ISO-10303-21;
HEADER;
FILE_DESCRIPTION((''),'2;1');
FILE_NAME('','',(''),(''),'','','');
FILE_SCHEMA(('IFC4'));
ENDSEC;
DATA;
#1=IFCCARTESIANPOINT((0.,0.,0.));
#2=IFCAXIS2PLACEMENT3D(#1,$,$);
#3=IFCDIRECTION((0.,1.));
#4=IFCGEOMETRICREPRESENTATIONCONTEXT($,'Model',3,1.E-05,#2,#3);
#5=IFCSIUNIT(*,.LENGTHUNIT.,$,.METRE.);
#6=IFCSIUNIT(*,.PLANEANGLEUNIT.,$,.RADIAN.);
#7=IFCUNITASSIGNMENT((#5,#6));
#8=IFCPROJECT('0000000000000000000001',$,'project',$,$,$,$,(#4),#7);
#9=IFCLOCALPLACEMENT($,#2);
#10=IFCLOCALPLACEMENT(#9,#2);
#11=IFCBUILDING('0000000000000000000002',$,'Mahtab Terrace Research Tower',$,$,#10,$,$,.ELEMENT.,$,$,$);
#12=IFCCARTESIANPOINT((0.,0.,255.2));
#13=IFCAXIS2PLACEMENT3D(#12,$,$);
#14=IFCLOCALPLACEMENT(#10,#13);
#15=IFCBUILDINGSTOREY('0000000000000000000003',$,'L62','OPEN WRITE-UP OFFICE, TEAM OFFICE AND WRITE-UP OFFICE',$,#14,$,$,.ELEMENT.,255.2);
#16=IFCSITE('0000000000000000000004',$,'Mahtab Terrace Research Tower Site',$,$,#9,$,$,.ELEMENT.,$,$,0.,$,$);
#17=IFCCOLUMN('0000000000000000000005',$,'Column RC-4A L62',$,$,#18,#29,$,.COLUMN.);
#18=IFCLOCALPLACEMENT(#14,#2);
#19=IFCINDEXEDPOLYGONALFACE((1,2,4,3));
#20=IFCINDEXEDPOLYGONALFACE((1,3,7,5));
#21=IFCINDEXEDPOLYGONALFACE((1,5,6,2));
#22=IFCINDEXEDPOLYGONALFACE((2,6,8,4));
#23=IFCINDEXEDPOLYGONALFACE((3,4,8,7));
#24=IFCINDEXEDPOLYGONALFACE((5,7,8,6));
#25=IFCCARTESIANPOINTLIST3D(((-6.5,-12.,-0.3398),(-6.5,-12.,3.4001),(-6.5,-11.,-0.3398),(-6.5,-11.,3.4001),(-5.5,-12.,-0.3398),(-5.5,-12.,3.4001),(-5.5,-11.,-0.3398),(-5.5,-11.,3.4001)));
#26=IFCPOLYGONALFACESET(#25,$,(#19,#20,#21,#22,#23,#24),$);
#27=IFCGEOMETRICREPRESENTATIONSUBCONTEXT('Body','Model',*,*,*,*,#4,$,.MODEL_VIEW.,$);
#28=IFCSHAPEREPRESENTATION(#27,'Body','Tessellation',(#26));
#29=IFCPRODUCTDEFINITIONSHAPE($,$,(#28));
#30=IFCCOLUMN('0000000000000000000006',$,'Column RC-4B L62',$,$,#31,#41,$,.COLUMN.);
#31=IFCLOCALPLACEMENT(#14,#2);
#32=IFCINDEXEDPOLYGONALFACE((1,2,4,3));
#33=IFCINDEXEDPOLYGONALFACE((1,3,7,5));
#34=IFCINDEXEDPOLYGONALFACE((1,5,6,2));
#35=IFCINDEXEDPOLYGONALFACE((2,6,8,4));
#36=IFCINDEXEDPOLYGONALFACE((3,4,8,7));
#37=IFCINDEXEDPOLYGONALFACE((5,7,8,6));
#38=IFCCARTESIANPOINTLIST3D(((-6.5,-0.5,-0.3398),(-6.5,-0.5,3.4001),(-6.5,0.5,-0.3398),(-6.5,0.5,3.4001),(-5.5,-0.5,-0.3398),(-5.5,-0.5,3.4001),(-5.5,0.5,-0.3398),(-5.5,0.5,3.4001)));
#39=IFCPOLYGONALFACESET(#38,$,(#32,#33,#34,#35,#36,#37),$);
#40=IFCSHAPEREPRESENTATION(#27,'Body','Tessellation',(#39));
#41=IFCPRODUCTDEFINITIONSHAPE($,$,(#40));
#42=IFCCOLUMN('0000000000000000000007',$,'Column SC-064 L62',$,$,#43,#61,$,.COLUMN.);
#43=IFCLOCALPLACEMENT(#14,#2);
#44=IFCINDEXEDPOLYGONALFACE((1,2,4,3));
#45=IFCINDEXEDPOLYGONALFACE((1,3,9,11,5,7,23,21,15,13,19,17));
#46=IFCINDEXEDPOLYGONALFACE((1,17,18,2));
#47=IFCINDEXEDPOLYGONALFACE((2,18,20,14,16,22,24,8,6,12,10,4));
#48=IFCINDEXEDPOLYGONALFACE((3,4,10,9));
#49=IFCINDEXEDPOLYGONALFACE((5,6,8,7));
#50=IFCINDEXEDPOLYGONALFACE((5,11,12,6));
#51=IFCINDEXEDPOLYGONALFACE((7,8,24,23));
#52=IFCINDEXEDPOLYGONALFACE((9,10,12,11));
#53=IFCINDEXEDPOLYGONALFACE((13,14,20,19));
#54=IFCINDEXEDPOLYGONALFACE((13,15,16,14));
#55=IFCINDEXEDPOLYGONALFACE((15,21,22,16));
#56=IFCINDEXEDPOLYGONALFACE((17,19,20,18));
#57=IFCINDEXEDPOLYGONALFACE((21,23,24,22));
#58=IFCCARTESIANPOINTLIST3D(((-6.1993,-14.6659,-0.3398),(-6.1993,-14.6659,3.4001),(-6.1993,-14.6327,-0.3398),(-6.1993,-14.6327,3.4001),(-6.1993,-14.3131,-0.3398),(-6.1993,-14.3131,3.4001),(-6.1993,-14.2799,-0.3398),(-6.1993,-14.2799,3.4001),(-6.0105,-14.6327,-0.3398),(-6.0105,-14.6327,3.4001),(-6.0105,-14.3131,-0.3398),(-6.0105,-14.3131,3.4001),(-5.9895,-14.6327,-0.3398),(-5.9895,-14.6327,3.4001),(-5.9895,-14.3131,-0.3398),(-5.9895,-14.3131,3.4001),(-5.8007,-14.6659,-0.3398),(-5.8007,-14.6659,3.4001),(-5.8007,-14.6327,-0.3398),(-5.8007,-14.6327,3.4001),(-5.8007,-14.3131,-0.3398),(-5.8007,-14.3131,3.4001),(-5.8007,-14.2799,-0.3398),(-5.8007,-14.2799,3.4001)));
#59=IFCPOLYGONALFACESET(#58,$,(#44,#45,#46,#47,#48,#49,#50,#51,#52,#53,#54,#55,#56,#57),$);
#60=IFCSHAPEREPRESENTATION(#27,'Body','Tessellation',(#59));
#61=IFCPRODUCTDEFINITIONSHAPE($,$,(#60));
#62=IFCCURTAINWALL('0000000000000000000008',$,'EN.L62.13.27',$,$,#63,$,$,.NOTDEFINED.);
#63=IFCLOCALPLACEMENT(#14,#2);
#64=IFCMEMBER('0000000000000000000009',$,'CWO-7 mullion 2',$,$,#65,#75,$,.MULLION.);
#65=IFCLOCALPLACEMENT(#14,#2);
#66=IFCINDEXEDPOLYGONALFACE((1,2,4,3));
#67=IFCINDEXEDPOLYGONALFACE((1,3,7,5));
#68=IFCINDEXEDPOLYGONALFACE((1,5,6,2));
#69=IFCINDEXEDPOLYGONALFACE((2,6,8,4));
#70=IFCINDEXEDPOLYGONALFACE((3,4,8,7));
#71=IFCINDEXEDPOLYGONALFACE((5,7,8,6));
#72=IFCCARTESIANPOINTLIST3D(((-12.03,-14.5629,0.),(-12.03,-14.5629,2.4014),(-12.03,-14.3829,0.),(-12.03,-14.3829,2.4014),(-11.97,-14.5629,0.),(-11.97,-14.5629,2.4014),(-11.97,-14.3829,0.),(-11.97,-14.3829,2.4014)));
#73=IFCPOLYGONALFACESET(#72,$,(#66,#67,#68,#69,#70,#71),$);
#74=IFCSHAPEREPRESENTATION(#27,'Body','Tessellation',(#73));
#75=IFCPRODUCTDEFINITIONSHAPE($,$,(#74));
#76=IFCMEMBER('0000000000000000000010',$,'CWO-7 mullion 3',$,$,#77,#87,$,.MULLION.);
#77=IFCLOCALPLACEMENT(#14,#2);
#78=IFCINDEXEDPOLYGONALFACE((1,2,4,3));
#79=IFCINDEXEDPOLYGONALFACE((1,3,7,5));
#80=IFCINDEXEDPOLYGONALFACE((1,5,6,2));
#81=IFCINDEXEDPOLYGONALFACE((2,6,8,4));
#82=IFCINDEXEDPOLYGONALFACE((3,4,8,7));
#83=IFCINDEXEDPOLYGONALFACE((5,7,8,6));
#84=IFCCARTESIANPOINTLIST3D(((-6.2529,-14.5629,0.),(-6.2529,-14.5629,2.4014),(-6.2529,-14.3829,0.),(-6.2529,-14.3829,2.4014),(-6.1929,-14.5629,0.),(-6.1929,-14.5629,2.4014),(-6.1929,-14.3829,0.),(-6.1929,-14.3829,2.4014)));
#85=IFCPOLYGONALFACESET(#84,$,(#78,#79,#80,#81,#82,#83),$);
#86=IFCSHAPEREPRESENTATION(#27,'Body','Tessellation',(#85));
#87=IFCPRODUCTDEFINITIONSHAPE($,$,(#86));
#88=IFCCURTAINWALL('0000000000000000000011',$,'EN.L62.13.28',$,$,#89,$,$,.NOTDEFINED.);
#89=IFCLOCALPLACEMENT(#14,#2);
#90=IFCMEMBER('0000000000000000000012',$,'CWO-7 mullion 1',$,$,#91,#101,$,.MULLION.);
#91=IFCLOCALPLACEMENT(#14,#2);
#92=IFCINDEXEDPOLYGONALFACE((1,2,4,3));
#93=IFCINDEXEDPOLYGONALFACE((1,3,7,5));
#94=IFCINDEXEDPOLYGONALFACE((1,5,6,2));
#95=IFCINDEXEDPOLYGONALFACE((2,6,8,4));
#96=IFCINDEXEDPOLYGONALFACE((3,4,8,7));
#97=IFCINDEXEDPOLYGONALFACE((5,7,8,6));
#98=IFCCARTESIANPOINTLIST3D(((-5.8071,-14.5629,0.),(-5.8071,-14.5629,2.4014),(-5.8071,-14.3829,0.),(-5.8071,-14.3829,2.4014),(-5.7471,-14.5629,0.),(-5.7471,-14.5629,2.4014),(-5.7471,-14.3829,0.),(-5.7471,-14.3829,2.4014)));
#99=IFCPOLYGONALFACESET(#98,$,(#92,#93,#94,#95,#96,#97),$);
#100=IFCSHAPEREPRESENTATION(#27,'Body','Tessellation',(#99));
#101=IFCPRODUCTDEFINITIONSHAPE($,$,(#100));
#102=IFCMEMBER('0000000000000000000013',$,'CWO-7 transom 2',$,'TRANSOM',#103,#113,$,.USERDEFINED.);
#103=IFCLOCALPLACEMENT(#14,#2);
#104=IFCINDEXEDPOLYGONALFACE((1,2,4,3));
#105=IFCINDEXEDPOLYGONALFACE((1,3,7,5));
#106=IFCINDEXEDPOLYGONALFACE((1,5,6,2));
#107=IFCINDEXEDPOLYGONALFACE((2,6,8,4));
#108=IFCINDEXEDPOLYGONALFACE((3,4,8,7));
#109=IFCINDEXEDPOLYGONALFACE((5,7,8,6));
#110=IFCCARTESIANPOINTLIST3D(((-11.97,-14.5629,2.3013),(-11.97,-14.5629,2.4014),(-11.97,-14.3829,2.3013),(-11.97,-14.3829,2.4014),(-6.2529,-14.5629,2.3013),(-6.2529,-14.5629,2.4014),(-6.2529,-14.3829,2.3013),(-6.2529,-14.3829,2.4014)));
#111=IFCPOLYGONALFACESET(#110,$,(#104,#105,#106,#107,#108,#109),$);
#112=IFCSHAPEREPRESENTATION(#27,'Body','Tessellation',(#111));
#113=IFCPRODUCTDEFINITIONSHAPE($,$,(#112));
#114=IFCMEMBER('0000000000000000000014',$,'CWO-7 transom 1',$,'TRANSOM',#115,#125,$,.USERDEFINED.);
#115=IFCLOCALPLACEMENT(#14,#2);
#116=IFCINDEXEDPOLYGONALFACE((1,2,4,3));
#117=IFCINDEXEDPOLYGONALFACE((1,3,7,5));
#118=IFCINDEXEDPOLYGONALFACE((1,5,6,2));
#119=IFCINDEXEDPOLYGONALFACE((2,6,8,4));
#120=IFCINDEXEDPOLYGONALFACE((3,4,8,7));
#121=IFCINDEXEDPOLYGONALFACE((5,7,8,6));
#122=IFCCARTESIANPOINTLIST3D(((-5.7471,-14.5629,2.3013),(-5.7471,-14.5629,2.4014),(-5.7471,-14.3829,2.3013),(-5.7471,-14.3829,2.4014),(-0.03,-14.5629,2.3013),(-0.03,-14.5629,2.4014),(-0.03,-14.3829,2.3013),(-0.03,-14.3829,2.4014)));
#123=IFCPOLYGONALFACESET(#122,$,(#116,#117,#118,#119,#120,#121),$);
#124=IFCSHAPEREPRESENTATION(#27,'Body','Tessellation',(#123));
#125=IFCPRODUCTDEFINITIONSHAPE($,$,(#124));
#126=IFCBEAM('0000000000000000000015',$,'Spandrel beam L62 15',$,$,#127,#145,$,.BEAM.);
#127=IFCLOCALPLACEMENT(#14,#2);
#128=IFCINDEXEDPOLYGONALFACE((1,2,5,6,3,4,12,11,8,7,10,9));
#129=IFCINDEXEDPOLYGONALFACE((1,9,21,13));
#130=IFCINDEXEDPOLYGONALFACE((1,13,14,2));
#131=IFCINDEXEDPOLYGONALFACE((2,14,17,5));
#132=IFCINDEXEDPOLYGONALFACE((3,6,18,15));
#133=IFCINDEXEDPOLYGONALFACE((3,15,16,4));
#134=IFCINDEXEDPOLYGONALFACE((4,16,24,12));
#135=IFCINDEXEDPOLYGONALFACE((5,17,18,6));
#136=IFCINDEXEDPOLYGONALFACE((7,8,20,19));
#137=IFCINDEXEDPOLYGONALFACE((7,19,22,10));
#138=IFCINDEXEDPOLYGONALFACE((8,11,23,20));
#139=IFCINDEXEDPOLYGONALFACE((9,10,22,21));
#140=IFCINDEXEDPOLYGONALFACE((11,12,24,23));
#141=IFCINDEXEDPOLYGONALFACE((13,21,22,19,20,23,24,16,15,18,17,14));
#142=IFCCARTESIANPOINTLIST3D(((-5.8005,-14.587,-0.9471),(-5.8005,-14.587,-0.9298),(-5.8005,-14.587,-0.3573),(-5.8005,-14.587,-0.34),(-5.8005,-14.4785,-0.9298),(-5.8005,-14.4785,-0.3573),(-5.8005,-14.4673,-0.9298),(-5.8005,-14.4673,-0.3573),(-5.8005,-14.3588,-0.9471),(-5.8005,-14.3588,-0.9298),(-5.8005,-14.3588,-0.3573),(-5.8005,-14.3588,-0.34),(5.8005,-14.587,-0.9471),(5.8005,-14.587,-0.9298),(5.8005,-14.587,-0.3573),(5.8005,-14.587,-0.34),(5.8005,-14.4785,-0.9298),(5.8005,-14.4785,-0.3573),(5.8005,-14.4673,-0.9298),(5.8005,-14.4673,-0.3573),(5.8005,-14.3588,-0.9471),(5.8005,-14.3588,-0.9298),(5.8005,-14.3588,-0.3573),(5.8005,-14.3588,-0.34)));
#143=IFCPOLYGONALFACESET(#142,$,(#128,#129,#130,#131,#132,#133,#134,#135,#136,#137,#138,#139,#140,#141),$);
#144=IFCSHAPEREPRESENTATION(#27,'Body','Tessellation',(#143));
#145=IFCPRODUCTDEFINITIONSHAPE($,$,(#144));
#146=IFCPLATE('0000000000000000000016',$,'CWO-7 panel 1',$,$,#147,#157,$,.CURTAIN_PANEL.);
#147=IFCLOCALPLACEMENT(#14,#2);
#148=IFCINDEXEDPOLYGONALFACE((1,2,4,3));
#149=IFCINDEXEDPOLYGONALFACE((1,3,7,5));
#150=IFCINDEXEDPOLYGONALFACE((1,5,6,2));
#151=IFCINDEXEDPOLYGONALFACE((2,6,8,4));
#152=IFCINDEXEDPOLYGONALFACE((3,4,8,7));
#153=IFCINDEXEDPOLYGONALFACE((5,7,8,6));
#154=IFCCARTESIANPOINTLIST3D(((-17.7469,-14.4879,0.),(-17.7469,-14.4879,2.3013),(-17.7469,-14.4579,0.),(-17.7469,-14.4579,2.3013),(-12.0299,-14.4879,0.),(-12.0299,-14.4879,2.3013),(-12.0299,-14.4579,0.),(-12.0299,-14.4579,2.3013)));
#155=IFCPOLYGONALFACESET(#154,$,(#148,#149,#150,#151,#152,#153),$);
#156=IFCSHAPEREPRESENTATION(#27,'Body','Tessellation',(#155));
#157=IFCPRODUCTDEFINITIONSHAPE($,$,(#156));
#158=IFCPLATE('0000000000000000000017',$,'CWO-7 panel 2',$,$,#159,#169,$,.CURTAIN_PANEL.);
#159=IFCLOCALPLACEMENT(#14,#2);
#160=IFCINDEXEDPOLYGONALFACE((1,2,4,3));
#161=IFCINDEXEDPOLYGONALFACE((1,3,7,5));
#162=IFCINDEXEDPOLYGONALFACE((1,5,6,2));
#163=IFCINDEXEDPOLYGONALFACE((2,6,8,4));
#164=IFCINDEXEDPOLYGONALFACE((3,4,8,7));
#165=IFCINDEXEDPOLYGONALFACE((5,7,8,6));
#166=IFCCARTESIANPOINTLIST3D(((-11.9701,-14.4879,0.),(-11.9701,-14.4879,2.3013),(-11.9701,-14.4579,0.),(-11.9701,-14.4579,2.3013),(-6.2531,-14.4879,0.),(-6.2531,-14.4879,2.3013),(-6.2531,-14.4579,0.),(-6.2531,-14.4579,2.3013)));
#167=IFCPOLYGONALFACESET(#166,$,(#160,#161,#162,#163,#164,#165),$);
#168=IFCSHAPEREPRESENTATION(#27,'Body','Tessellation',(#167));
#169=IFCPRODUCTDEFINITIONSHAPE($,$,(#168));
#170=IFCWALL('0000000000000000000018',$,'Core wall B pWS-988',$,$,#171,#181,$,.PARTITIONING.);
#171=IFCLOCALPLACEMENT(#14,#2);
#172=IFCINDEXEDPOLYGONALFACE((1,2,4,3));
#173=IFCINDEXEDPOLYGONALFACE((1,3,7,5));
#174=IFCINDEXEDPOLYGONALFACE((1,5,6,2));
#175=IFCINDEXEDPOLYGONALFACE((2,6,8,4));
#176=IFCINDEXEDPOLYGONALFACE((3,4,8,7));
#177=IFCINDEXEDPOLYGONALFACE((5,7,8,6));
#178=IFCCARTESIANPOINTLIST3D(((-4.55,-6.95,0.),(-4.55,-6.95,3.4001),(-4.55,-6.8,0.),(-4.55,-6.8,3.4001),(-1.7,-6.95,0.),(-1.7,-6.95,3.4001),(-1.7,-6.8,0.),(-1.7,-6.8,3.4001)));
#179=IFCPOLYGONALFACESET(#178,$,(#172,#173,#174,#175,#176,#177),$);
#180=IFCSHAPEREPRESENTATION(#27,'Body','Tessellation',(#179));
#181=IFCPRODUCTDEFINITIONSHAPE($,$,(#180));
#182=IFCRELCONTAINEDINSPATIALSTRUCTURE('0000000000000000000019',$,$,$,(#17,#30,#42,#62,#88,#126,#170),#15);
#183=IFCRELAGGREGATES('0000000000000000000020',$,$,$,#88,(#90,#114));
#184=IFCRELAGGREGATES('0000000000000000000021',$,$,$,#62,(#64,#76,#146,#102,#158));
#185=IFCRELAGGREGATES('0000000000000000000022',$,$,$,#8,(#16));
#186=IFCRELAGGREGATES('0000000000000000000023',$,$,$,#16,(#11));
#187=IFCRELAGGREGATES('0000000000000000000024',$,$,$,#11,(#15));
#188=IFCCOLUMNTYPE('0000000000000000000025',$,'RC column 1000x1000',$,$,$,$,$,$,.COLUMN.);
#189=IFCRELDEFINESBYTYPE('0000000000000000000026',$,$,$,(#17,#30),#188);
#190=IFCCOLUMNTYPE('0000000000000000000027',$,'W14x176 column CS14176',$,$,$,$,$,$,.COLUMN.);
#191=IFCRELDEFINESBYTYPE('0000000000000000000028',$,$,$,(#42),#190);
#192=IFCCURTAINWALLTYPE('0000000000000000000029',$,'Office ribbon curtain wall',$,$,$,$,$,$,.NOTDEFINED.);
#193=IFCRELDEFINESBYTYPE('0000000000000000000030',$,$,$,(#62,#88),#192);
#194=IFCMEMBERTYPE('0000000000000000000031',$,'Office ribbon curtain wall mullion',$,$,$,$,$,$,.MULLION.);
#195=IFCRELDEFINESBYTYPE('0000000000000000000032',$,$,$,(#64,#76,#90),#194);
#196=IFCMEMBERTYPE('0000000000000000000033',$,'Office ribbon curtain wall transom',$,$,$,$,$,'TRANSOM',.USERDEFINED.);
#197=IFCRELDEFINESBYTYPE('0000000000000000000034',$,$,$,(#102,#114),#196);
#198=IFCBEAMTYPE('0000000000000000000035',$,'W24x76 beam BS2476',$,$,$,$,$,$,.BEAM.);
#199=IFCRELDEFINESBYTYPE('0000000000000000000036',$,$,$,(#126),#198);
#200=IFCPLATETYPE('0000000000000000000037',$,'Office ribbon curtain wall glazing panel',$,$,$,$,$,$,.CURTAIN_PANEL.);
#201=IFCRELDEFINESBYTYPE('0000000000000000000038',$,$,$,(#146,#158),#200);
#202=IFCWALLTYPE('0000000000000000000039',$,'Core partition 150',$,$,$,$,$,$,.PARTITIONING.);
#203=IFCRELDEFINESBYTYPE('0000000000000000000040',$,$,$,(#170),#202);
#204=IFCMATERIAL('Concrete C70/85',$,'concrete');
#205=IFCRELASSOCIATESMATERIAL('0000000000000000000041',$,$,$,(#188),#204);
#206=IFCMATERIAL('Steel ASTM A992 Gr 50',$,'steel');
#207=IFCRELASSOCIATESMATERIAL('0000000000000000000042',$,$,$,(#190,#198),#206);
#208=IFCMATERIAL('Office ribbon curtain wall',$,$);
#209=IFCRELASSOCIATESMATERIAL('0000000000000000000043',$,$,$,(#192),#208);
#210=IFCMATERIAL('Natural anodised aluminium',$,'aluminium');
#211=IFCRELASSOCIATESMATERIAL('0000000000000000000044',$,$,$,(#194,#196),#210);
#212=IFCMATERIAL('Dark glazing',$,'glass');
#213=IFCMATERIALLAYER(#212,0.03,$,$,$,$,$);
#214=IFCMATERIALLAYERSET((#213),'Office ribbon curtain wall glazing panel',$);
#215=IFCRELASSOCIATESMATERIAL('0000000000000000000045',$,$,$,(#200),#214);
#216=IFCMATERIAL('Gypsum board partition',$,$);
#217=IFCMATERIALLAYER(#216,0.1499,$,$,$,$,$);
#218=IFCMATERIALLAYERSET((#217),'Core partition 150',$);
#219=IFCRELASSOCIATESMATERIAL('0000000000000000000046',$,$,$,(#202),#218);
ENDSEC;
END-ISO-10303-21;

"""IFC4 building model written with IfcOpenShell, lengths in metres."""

from ifc_helpers import new_model, si_unit, direction, frame, frame_2d, origin, origin_2d, place, context, subcontext, project, spatial, rectangle, i_section, extrude, material, layer, layer_set, material_profile, profile_set, type_object, element, aggregate, save


model = new_model("IFC4")

# Units and contexts
model_context = context("Model", 3, precision=1e-05, world=origin(), true_north=direction((0.0, 1.0)))
body_context = subcontext(model_context, "Body", "Model", "MODEL_VIEW")
ifc_project = project(units=[si_unit("LENGTHUNIT", "METRE"), si_unit("PLANEANGLEUNIT", "RADIAN")], contexts=[model_context])

# Site, building, storey
site_placement = place(None, origin())
site = spatial("IfcSite", under=ifc_project, at=site_placement, Name="Mahtab Terrace Research Tower Site", CompositionType="ELEMENT", RefElevation=0.0)
building_placement = place(site_placement, origin())
building = spatial("IfcBuilding", under=site, at=building_placement, Name="Mahtab Terrace Research Tower", CompositionType="ELEMENT")
storey_placement = place(building_placement, frame((0.0, 0.0, 255.2)))
storey = spatial("IfcBuildingStorey", under=building, at=storey_placement, Name="L62", Description="OPEN WRITE-UP OFFICE, TEAM OFFICE AND WRITE-UP OFFICE", CompositionType="ELEMENT", Elevation=255.2)

# Columns
ifc_material_1 = material(Name="Concrete C70/85", Category="concrete")
ifc_material_profile_1 = material_profile(ifc_material_1, rectangle(XDim=1.0, YDim=1.0, at=origin_2d()), Name="RC column 1000x1000")
ifc_profile_set_1 = profile_set([ifc_material_profile_1], Name="Concrete C70/85")
column_type_1 = type_object("IfcColumnType", Name="RC column 1000x1000", PredefinedType="COLUMN", material=ifc_profile_set_1)
for number, where, z_axis, x_axis, name in (
    (1, (-6.0, -11.5, -0.3398), (0.0, 0.0, 1.0), (1.0, 0.0, 0.0), "Column RC-4A L62"),
    (2, (-6.0, 0.0, -0.3398), (0.0, 0.0, 1.0), (1.0, 0.0, 0.0), "Column RC-4B L62"),
):
    element("IfcColumn", number, at=place(storey_placement, frame(where, z_axis=z_axis, x_axis=x_axis)), inside=storey, type_object=column_type_1, Name=name, PredefinedType="COLUMN", context=body_context, shape_type="SweptSolid", body=[
        extrude(rectangle(XDim=1.0, YDim=1.0, at=origin_2d()), origin(), (0.0, 0.0, 1.0), 3.74),
    ])
ifc_material_2 = material(Name="Steel ASTM A992 Gr 50", Category="steel")
ifc_material_profile_2 = material_profile(ifc_material_2, i_section(OverallWidth=0.3987, OverallDepth=0.386, WebThickness=0.021, FlangeThickness=0.0332, at=origin_2d()), Name="W14X176")
ifc_profile_set_2 = profile_set([ifc_material_profile_2], Name="Steel ASTM A992 Gr 50")
column_type_2 = type_object("IfcColumnType", Name="W14x176 column CS14176", PredefinedType="COLUMN", material=ifc_profile_set_2)
column_placement = place(storey_placement, frame((-6.0, -14.4729, -0.3398), z_axis=(0.0, 0.0, 1.0), x_axis=(1.0, 0.0, 0.0)))
element("IfcColumn", 3, at=column_placement, inside=storey, type_object=column_type_2, Name="Column SC-064 L62", PredefinedType="COLUMN", context=body_context, shape_type="SweptSolid", body=[
    extrude(i_section(OverallWidth=0.3987, OverallDepth=0.386, WebThickness=0.021, FlangeThickness=0.0332, at=origin_2d()), origin(), (0.0, 0.0, 1.0), 3.74),
])

# Curtain wall, members
ifc_material_3 = material(Name="Office ribbon curtain wall")
curtain_wall_type = type_object("IfcCurtainWallType", Name="Office ribbon curtain wall", PredefinedType="NOTDEFINED", material=ifc_material_3)
curtain_wall_1_placement = place(storey_placement, origin())
curtain_wall_1 = element("IfcCurtainWall", 4, at=curtain_wall_1_placement, inside=storey, type_object=curtain_wall_type, Name="EN.L62.13.27", PredefinedType="NOTDEFINED")
ifc_material_4 = material(Name="Natural anodised aluminium", Category="aluminium")
ifc_material_profile_3 = material_profile(ifc_material_4, rectangle(XDim=0.1799, YDim=0.0601, at=origin_2d()), Name="MULLION 60x180")
ifc_profile_set_3 = profile_set([ifc_material_profile_3], Name="Natural anodised aluminium")
member_type_1 = type_object("IfcMemberType", Name="Office ribbon curtain wall mullion", PredefinedType="MULLION", material=ifc_profile_set_3)
member_1_placement = place(storey_placement, frame((-12.0, -14.4729, 0.0), z_axis=(0.0, 0.0, 1.0), x_axis=(0.0, 1.0, 0.0)))
member_1 = element("IfcMember", 5, at=member_1_placement, type_object=member_type_1, Name="CWO-7 mullion 2", PredefinedType="MULLION", context=body_context, shape_type="SweptSolid", body=[
    extrude(rectangle(XDim=0.1799, YDim=0.0601, at=origin_2d()), origin(), (0.0, 0.0, 1.0), 2.4014),
])
member_2_placement = place(storey_placement, frame((-6.2229, -14.4729, 0.0), z_axis=(0.0, 0.0, 1.0), x_axis=(0.0, 1.0, 0.0)))
member_2 = element("IfcMember", 6, at=member_2_placement, type_object=member_type_1, Name="CWO-7 mullion 3", PredefinedType="MULLION", context=body_context, shape_type="SweptSolid", body=[
    extrude(rectangle(XDim=0.1799, YDim=0.0601, at=origin_2d()), origin(), (0.0, 0.0, 1.0), 2.4014),
])

# Curtain wall, member
curtain_wall_2_placement = place(storey_placement, origin())
curtain_wall_2 = element("IfcCurtainWall", 7, at=curtain_wall_2_placement, inside=storey, type_object=curtain_wall_type, Name="EN.L62.13.28", PredefinedType="NOTDEFINED")
member_3_placement = place(storey_placement, frame((-5.7771, -14.4729, 0.0), z_axis=(0.0, 0.0, 1.0), x_axis=(0.0, 1.0, 0.0)))
member_3 = element("IfcMember", 8, at=member_3_placement, type_object=member_type_1, Name="CWO-7 mullion 1", PredefinedType="MULLION", context=body_context, shape_type="SweptSolid", body=[
    extrude(rectangle(XDim=0.1799, YDim=0.0601, at=origin_2d()), origin(), (0.0, 0.0, 1.0), 2.4014),
])

# Members
ifc_material_profile_4 = material_profile(ifc_material_4, rectangle(XDim=0.1799, YDim=0.1001, at=origin_2d()), Name="TRANSOM 100x180")
ifc_profile_set_4 = profile_set([ifc_material_profile_4], Name="Natural anodised aluminium")
member_type_2 = type_object("IfcMemberType", Name="Office ribbon curtain wall transom", ElementType="TRANSOM", PredefinedType="USERDEFINED", material=ifc_profile_set_4)
member_4_placement = place(storey_placement, frame((-11.97, -14.4729, 2.3513), z_axis=(1.0, 0.0, 0.0), x_axis=(0.0, 1.0, 0.0)))
member_4 = element("IfcMember", 9, at=member_4_placement, type_object=member_type_2, Name="CWO-7 transom 2", ObjectType="TRANSOM", PredefinedType="USERDEFINED", context=body_context, shape_type="SweptSolid", body=[
    extrude(rectangle(XDim=0.1799, YDim=0.1001, at=origin_2d()), origin(), (0.0, 0.0, 1.0), 5.717),
])
member_5_placement = place(storey_placement, frame((-5.7471, -14.4729, 2.3513), z_axis=(1.0, 0.0, 0.0), x_axis=(0.0, 1.0, 0.0)))
member_5 = element("IfcMember", 10, at=member_5_placement, type_object=member_type_2, Name="CWO-7 transom 1", ObjectType="TRANSOM", PredefinedType="USERDEFINED", context=body_context, shape_type="SweptSolid", body=[
    extrude(rectangle(XDim=0.1799, YDim=0.1001, at=origin_2d()), origin(), (0.0, 0.0, 1.0), 5.717),
])
aggregate(curtain_wall_2, [member_3, member_5])

# Beam
ifc_material_profile_5 = material_profile(ifc_material_2, i_section(OverallWidth=0.2283, OverallDepth=0.6072, WebThickness=0.0112, FlangeThickness=0.0173, at=origin_2d()), Name="W24X76")
ifc_profile_set_5 = profile_set([ifc_material_profile_5], Name="Steel ASTM A992 Gr 50")
beam_type = type_object("IfcBeamType", Name="W24x76 beam BS2476", PredefinedType="BEAM", material=ifc_profile_set_5)
beam_placement = place(storey_placement, frame((-5.8005, -14.4729, -0.6436), z_axis=(1.0, 0.0, 0.0), x_axis=(0.0, 1.0, 0.0)))
element("IfcBeam", 11, at=beam_placement, inside=storey, type_object=beam_type, Name="Spandrel beam L62 15", PredefinedType="BEAM", context=body_context, shape_type="SweptSolid", body=[
    extrude(i_section(OverallWidth=0.2283, OverallDepth=0.6072, WebThickness=0.0112, FlangeThickness=0.0173, at=origin_2d()), origin(), (0.0, 0.0, 1.0), 11.6011),
])

# Plates
ifc_material_5 = material(Name="Dark glazing", Category="glass")
ifc_layer_1 = layer(ifc_material_5, 0.03)
ifc_layer_set_1 = layer_set([ifc_layer_1], Name="Office ribbon curtain wall glazing panel")
plate_type = type_object("IfcPlateType", Name="Office ribbon curtain wall glazing panel", PredefinedType="CURTAIN_PANEL", material=ifc_layer_set_1)
plate_1_placement = place(storey_placement, frame((-14.8884, -14.4729, 0.0), z_axis=(0.0, 0.0, 1.0), x_axis=(1.0, 0.0, 0.0)))
plate_1 = element("IfcPlate", 12, at=plate_1_placement, type_object=plate_type, Name="CWO-7 panel 1", PredefinedType="CURTAIN_PANEL", context=body_context, shape_type="SweptSolid", body=[
    extrude(rectangle(XDim=5.717, YDim=0.03, at=origin_2d()), origin(), (0.0, 0.0, 1.0), 2.3013),
])
plate_2_placement = place(storey_placement, frame((-9.1116, -14.4729, 0.0), z_axis=(0.0, 0.0, 1.0), x_axis=(1.0, 0.0, 0.0)))
plate_2 = element("IfcPlate", 13, at=plate_2_placement, type_object=plate_type, Name="CWO-7 panel 2", PredefinedType="CURTAIN_PANEL", context=body_context, shape_type="SweptSolid", body=[
    extrude(rectangle(XDim=5.717, YDim=0.03, at=origin_2d()), origin(), (0.0, 0.0, 1.0), 2.3013),
])
aggregate(curtain_wall_1, [member_1, member_2, plate_1, member_4, plate_2])

# Wall
ifc_material_6 = material(Name="Gypsum board partition")
ifc_layer_2 = layer(ifc_material_6, 0.1499)
ifc_layer_set_2 = layer_set([ifc_layer_2], Name="Core partition 150")
wall_type_1 = type_object("IfcWallType", Name="Core partition 150", PredefinedType="PARTITIONING", material=ifc_layer_set_2)
for number, where, z_axis, x_axis, name in (
    (14, (-4.55, -6.875, 0.0), (0.0, 0.0, 1.0), (1.0, 0.0, 0.0), "Core wall B pWS-988"),
):
    element("IfcWall", number, at=place(storey_placement, frame(where, z_axis=z_axis, x_axis=x_axis)), inside=storey, type_object=wall_type_1, Name=name, PredefinedType="PARTITIONING", context=body_context, shape_type="SweptSolid", body=[
        extrude(rectangle(XDim=2.8501, YDim=0.1499, at=frame_2d((1.425, 0.0))), origin(), (0.0, 0.0, 1.0), 3.4001),
    ])

save(model, "model.ifc")
